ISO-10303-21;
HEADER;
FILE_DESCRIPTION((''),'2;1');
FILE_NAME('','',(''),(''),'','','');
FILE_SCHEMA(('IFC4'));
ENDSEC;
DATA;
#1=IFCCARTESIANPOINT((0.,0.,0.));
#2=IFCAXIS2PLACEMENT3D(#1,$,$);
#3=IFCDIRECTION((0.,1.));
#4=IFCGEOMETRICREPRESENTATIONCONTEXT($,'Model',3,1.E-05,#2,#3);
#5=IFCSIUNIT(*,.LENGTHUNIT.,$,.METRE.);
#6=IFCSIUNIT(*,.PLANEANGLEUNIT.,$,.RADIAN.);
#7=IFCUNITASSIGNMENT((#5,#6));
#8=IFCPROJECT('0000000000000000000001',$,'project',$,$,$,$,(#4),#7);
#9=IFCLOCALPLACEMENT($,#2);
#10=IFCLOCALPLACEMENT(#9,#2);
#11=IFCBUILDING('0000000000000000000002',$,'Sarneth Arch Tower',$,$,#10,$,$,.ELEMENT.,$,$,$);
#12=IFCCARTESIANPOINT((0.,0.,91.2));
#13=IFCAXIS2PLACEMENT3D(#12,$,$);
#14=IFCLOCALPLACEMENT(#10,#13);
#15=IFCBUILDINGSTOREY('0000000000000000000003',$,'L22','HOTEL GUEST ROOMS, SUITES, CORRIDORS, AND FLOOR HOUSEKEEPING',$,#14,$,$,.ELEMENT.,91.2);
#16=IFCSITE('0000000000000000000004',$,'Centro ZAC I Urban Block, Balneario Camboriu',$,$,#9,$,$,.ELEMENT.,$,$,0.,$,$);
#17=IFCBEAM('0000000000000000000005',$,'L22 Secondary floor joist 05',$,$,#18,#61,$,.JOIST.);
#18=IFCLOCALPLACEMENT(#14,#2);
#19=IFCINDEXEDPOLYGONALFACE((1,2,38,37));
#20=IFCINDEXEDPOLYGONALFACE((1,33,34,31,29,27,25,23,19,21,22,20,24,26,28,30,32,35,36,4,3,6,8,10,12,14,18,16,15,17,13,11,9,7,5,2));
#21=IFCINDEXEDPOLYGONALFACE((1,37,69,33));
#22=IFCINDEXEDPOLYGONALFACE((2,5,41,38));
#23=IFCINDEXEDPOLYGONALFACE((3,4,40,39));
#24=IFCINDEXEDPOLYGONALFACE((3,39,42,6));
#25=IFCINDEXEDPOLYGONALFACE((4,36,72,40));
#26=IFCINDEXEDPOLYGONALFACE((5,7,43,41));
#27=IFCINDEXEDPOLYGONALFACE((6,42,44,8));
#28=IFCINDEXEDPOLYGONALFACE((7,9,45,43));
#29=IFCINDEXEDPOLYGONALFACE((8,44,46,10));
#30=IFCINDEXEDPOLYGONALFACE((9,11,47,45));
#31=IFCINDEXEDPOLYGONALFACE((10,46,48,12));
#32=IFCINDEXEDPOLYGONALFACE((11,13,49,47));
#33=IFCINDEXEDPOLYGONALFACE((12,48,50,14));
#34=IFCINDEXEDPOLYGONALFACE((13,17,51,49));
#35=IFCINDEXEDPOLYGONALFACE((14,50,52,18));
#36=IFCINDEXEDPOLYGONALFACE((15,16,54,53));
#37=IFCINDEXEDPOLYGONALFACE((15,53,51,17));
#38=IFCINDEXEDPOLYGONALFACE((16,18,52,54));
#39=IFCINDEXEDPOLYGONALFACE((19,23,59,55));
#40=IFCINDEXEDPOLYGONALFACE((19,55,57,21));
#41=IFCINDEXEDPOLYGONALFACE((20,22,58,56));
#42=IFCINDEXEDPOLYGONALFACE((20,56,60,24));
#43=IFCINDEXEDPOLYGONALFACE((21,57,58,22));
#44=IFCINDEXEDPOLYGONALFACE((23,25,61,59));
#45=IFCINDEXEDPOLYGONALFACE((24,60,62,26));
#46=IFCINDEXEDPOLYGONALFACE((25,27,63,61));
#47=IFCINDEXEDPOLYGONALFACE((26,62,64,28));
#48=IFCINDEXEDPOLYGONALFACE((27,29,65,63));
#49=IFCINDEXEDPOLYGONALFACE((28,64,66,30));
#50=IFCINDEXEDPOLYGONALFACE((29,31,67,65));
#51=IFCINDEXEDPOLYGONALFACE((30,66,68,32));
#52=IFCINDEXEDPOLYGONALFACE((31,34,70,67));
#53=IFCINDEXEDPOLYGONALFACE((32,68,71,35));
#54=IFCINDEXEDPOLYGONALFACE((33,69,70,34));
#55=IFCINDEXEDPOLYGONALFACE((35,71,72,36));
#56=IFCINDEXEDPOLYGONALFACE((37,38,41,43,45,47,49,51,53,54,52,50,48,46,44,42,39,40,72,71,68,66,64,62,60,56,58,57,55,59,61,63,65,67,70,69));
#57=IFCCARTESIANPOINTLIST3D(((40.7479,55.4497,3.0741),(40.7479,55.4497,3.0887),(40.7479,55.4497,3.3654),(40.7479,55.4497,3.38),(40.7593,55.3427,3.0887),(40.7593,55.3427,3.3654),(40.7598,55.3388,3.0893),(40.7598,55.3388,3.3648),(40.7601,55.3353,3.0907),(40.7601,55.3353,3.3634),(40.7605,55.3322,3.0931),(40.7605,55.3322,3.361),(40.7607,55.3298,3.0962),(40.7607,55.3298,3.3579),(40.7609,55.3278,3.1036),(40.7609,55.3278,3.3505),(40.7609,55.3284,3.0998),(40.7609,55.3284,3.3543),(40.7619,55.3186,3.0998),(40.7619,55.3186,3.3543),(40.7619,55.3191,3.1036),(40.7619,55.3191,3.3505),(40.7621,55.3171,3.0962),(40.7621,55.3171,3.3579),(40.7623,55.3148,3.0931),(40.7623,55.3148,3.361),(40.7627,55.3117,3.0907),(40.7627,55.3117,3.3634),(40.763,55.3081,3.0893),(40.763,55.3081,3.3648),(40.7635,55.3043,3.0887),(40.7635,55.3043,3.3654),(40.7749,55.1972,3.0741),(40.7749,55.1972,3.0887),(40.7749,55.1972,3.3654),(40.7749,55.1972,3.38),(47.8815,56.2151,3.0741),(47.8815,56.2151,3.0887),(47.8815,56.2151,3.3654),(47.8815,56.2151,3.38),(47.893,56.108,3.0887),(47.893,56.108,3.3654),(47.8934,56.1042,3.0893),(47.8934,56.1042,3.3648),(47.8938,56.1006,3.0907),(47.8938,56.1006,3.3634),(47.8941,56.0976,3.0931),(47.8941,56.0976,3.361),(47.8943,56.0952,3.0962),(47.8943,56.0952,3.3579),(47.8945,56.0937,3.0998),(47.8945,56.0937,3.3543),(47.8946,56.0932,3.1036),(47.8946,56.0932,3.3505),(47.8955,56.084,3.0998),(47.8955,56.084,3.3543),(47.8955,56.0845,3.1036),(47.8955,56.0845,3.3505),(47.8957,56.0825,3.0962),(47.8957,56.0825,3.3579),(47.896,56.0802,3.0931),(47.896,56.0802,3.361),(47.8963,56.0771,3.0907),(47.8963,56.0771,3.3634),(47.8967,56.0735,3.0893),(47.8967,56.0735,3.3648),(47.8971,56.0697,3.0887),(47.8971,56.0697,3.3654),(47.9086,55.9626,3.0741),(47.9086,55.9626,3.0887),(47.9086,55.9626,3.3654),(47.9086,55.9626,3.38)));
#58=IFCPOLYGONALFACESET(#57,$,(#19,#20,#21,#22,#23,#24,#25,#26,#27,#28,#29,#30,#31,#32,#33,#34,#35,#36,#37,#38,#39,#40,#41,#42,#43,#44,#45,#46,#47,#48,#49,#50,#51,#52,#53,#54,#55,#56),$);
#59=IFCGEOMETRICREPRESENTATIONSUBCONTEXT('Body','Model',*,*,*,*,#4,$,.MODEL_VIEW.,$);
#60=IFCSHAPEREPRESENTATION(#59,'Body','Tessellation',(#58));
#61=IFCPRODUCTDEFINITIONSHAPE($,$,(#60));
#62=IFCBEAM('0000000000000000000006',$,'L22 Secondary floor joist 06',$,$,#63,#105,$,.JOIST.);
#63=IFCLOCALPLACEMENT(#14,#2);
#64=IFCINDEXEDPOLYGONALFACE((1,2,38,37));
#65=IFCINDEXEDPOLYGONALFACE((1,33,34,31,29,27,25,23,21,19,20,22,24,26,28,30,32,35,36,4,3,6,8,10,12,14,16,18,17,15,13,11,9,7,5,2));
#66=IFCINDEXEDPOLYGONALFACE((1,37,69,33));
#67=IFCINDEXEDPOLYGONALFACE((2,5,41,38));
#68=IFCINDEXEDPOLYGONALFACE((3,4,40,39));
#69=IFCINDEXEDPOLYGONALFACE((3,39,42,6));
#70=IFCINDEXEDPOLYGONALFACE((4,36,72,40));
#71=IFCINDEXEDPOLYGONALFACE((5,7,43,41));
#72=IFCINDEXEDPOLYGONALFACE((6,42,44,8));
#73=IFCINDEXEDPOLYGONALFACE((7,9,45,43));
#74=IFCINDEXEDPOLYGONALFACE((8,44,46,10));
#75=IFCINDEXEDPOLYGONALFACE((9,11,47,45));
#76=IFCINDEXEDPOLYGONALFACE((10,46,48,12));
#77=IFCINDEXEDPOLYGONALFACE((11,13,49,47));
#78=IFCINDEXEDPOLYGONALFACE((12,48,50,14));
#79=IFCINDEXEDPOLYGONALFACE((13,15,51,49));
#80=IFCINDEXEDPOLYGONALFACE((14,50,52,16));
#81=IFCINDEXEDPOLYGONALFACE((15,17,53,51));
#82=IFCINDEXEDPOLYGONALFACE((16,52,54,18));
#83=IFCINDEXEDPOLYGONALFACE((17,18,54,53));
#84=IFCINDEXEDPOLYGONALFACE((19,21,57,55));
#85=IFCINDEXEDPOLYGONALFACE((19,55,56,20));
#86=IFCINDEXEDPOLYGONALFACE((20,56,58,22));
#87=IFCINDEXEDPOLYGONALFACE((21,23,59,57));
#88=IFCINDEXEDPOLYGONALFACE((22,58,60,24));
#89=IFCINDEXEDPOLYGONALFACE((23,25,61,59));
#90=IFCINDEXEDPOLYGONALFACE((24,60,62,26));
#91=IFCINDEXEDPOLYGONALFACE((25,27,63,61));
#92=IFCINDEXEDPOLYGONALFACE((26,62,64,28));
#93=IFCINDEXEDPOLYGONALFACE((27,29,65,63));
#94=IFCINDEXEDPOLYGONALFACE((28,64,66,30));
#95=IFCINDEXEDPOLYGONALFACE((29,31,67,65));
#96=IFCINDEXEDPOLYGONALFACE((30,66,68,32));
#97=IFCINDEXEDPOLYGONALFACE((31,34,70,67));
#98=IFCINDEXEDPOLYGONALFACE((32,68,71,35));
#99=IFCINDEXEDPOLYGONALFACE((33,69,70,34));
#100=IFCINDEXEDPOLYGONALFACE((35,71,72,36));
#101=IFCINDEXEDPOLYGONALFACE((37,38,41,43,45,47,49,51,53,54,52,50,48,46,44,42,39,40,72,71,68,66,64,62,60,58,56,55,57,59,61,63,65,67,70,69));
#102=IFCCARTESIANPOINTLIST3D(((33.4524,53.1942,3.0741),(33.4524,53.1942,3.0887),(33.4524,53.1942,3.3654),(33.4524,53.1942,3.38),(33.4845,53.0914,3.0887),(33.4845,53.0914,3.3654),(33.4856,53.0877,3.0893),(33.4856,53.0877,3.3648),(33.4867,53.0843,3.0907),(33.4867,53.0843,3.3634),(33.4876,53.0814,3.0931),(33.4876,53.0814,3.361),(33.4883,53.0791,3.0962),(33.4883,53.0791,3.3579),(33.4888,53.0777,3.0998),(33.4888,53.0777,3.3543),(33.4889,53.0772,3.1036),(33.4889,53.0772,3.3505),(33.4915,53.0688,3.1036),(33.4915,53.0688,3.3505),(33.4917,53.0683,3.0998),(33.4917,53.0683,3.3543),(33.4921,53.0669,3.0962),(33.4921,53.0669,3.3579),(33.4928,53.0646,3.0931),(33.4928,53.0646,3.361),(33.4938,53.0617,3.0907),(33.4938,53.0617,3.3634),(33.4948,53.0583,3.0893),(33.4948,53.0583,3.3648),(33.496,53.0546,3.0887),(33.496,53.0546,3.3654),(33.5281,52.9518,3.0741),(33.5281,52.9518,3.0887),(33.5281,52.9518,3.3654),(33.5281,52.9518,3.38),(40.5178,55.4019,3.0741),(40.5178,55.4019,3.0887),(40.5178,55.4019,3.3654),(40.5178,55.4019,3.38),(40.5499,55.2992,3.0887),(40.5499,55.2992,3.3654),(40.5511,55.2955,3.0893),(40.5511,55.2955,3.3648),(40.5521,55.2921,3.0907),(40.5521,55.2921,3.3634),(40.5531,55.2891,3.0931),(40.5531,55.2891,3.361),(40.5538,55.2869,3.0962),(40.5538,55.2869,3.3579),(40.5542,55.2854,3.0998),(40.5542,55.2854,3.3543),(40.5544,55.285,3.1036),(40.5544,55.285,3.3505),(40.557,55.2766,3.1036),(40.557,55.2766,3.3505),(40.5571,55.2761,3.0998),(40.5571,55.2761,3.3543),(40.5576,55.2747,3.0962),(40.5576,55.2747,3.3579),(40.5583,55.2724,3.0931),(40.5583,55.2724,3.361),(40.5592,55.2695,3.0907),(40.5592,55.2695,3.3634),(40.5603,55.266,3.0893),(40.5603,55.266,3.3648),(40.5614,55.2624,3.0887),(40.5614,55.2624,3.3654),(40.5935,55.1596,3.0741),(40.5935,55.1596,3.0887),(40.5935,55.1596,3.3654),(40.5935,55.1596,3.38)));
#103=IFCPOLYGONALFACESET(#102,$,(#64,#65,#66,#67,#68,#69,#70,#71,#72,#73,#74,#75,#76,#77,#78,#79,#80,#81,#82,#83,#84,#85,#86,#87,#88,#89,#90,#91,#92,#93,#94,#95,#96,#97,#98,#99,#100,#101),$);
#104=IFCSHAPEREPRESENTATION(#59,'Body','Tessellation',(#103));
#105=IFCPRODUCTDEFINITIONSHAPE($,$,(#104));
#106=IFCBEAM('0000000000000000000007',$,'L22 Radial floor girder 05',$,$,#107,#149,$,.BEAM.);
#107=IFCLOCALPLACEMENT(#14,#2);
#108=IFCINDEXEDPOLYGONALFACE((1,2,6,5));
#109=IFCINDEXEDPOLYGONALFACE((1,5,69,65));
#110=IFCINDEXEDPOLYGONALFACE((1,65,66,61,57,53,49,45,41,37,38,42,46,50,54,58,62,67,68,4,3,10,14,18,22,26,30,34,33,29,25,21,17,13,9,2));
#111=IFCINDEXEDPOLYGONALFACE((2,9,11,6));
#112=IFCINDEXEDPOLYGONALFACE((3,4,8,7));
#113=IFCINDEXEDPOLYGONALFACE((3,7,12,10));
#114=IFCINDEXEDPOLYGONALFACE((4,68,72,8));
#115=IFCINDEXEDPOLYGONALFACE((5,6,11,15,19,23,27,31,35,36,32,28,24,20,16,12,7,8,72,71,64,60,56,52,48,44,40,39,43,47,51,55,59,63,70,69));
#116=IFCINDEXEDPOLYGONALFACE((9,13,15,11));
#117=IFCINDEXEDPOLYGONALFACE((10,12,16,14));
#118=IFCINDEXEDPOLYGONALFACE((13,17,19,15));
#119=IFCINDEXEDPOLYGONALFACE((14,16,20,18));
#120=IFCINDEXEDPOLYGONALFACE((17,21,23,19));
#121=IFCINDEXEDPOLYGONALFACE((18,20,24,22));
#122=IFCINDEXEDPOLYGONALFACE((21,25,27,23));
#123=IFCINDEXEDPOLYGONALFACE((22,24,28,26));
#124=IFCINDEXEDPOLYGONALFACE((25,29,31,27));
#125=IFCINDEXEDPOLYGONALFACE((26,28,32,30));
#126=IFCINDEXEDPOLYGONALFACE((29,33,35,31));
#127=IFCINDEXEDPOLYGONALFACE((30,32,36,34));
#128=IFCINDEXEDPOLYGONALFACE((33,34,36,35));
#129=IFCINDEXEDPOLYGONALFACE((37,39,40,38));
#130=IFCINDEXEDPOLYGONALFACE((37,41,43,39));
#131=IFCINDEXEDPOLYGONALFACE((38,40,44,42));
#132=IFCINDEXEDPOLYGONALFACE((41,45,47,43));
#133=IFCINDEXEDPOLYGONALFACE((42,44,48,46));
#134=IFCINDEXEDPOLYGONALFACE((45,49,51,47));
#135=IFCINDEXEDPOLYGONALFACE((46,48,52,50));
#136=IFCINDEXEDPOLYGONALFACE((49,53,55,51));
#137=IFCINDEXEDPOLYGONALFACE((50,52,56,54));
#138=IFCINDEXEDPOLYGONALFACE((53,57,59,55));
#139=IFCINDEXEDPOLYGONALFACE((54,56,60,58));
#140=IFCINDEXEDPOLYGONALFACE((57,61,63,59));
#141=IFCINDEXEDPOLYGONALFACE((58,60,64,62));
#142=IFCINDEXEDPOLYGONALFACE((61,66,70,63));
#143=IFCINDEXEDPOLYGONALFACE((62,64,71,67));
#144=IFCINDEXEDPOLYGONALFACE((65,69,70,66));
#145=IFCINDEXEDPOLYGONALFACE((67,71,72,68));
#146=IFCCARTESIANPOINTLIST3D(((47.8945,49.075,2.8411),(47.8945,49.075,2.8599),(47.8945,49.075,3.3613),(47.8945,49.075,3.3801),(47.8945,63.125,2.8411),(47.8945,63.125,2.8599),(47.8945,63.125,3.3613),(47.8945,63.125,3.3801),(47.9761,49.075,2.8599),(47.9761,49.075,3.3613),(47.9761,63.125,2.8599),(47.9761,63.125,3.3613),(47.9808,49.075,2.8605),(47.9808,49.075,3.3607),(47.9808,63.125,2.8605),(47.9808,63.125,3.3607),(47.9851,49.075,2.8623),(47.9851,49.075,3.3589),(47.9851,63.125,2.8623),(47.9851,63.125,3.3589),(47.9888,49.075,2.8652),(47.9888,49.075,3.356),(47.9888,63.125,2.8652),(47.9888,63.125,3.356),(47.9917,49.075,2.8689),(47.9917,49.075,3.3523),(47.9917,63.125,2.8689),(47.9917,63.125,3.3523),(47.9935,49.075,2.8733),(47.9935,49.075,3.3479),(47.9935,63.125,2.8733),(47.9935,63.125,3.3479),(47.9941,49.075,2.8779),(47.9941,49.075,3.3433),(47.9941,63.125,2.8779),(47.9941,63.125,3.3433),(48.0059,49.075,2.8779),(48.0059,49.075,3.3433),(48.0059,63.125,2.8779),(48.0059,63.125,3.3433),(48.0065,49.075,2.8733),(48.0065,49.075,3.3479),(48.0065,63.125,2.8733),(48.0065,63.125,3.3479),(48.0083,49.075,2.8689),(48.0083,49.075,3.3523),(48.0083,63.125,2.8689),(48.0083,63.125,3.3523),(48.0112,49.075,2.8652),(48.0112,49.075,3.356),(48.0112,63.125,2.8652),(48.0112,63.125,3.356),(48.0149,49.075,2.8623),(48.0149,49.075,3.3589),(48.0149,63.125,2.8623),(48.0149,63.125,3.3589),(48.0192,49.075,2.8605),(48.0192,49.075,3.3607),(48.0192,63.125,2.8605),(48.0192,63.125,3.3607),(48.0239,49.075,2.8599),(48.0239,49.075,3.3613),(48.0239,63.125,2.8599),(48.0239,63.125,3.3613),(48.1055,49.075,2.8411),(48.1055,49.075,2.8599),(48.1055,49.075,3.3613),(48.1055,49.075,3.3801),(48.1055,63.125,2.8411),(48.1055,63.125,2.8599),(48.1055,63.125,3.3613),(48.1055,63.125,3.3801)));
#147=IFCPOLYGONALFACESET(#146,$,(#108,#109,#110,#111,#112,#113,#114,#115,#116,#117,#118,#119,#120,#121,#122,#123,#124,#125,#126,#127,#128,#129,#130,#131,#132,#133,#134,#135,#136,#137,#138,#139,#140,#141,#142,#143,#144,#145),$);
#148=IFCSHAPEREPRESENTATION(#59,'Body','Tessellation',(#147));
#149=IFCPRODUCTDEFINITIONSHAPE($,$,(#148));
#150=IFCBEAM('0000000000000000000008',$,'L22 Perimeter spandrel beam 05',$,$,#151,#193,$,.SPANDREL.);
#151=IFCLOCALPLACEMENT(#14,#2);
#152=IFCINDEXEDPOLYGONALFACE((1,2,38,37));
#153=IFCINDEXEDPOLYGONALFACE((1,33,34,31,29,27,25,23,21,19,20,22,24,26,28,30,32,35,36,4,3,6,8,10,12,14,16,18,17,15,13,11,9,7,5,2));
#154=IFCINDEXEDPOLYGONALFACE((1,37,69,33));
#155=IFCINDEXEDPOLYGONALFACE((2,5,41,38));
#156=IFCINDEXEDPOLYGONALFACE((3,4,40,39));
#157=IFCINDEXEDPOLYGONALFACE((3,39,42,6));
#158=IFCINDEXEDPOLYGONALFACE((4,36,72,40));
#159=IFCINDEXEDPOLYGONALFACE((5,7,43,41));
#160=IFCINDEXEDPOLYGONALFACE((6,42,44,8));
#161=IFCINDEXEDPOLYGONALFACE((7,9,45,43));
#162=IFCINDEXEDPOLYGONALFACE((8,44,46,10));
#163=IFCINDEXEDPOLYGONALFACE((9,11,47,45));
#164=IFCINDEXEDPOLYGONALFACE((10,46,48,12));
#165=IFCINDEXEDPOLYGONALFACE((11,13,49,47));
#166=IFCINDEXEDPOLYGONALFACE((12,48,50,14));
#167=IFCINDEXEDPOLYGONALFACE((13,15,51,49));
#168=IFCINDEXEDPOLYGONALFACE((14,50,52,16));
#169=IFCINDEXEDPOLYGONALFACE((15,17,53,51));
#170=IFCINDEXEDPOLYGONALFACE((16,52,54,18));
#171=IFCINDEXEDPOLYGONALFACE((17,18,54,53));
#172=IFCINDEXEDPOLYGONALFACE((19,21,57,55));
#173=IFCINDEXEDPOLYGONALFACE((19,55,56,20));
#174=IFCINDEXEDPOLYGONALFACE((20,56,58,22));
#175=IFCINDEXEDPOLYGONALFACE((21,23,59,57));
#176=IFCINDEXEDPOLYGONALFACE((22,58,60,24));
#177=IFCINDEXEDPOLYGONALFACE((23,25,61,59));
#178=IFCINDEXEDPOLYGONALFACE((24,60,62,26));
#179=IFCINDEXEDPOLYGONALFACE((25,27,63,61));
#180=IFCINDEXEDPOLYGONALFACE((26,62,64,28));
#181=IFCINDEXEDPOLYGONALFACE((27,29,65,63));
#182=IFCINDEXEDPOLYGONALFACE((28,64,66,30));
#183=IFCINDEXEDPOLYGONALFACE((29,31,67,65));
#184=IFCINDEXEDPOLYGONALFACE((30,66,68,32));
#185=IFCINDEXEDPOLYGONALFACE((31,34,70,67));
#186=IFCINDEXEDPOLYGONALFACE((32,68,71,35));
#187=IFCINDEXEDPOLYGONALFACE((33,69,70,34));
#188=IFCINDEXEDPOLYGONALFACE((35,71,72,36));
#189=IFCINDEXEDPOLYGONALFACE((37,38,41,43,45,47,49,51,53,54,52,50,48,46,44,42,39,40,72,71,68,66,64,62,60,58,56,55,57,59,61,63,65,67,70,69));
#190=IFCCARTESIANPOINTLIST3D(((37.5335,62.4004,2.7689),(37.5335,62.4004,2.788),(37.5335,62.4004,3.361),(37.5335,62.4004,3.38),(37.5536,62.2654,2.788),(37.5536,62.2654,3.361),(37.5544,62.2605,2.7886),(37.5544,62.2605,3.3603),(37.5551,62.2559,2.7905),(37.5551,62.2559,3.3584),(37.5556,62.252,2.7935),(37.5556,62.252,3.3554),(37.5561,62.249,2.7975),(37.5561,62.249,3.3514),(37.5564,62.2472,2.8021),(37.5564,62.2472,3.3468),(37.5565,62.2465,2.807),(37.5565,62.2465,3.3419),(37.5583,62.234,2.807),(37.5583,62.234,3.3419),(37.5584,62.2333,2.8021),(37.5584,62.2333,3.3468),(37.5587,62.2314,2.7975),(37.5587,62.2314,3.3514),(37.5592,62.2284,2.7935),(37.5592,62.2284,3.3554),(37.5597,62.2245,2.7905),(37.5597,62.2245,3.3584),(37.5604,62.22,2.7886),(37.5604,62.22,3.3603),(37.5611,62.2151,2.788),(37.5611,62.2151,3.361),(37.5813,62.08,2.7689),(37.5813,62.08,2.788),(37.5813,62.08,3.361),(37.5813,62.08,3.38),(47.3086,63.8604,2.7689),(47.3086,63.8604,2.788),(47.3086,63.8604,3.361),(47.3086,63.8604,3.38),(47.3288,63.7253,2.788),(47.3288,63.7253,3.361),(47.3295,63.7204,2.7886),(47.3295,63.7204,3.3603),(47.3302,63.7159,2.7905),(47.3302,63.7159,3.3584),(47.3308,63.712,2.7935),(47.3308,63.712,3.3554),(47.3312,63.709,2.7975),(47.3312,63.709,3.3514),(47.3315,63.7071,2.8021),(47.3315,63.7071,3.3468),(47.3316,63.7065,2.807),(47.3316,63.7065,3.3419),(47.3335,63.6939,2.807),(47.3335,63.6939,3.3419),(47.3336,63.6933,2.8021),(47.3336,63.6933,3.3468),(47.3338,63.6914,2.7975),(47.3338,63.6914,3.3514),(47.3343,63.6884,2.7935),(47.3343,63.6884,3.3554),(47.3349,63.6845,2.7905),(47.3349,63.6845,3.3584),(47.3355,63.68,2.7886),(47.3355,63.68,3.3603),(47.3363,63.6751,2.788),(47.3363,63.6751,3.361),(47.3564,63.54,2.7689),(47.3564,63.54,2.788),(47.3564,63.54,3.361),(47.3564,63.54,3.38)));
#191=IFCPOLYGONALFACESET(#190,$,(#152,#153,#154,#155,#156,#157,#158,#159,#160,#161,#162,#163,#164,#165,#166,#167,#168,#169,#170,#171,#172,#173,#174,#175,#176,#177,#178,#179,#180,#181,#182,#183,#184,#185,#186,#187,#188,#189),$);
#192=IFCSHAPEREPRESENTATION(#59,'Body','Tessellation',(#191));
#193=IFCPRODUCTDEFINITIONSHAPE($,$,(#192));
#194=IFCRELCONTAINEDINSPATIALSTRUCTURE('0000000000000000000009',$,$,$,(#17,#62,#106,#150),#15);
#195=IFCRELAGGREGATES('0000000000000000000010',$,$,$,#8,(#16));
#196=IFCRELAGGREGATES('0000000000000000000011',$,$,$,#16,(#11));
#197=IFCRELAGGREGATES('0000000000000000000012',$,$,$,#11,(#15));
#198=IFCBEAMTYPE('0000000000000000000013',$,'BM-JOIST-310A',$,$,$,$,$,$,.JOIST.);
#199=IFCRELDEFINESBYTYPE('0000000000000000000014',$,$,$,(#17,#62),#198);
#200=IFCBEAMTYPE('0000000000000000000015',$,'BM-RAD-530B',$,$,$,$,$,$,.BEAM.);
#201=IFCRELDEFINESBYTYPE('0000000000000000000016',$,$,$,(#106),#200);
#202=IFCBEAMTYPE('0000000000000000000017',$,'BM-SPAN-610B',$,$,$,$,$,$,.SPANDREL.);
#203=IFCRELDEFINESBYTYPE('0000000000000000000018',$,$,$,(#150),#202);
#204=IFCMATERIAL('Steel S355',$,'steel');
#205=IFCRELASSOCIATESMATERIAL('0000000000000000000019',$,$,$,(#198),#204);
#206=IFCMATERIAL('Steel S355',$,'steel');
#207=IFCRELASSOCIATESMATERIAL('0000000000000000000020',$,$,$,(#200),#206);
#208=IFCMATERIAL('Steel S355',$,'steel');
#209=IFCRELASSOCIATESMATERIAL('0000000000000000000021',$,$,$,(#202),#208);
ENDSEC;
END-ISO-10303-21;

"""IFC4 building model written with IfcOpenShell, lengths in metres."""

from ifc_helpers import new_model, si_unit, direction, frame, origin, origin_2d, place, context, subcontext, project, spatial, i_section, extrude, material, material_profile, profile_set, type_object, element, save


model = new_model("IFC4")

# Units and contexts
model_context = context("Model", 3, precision=1e-05, world=origin(), true_north=direction((0.0, 1.0)))
body_context = subcontext(model_context, "Body", "Model", "MODEL_VIEW")
ifc_project = project(units=[si_unit("LENGTHUNIT", "METRE"), si_unit("PLANEANGLEUNIT", "RADIAN")], contexts=[model_context])

# Site, building, storey
site_placement = place(None, origin())
site = spatial("IfcSite", under=ifc_project, at=site_placement, Name="Centro ZAC I Urban Block, Balneario Camboriu", CompositionType="ELEMENT", RefElevation=0.0)
building_placement = place(site_placement, origin())
building = spatial("IfcBuilding", under=site, at=building_placement, Name="Sarneth Arch Tower", CompositionType="ELEMENT")
storey_placement = place(building_placement, frame((0.0, 0.0, 91.2)))
storey = spatial("IfcBuildingStorey", under=building, at=storey_placement, Name="L22", Description="HOTEL GUEST ROOMS, SUITES, CORRIDORS, AND FLOOR HOUSEKEEPING", CompositionType="ELEMENT", Elevation=91.2)

# Beams
ifc_material_1 = material(Name="Steel S355", Category="steel")
ifc_material_profile_1 = material_profile(ifc_material_1, i_section(OverallWidth=0.2539, OverallDepth=0.3059, WebThickness=0.0088, FlangeThickness=0.0146, FilletRadius=0.0149, at=origin_2d()), Name="W310x79")
ifc_profile_set_1 = profile_set([ifc_material_profile_1], Name="Steel S355")
beam_type_1 = type_object("IfcBeamType", Name="BM-JOIST-310A", PredefinedType="JOIST", material=ifc_profile_set_1)
beam_1_placement = place(storey_placement, frame((47.895, 56.0889, 3.2271), z_axis=(-0.994293, -0.106681, 0.0), x_axis=(0.106681, -0.994293, 0.0)))
element("IfcBeam", 1, at=beam_1_placement, inside=storey, type_object=beam_type_1, Name="L22 Secondary floor joist 05", PredefinedType="JOIST", context=body_context, shape_type="SweptSolid", body=[
    extrude(i_section(OverallWidth=0.2539, OverallDepth=0.3059, WebThickness=0.0088, FlangeThickness=0.0146, FilletRadius=0.0149, at=origin_2d()), origin(), (0.0, 0.0, 1.0), 7.1746),
])
beam_2_placement = place(storey_placement, frame((40.5557, 55.2808, 3.2271), z_axis=(-0.954487, -0.298252, 0.0), x_axis=(0.298252, -0.954487, 0.0)))
element("IfcBeam", 2, at=beam_2_placement, inside=storey, type_object=beam_type_1, Name="L22 Secondary floor joist 06", PredefinedType="JOIST", context=body_context, shape_type="SweptSolid", body=[
    extrude(i_section(OverallWidth=0.2539, OverallDepth=0.3059, WebThickness=0.0088, FlangeThickness=0.0146, FilletRadius=0.0149, at=origin_2d()), origin(), (0.0, 0.0, 1.0), 7.4023),
])
ifc_material_2 = material(Name="Steel S355", Category="steel")
ifc_material_profile_2 = material_profile(ifc_material_2, i_section(OverallWidth=0.2109, OverallDepth=0.5391, WebThickness=0.0117, FlangeThickness=0.0188, FilletRadius=0.0181, at=origin_2d()), Name="W530x109")
ifc_profile_set_2 = profile_set([ifc_material_profile_2], Name="Steel S355")
beam_type_2 = type_object("IfcBeamType", Name="BM-RAD-530B", PredefinedType="BEAM", material=ifc_profile_set_2)
beam_3_placement = place(storey_placement, frame((48.0, 49.075, 3.1106), z_axis=(0.0, 1.0, 0.0), x_axis=(-1.0, 0.0, 0.0)))
element("IfcBeam", 3, at=beam_3_placement, inside=storey, type_object=beam_type_2, Name="L22 Radial floor girder 05", PredefinedType="BEAM", context=body_context, shape_type="SweptSolid", body=[
    extrude(i_section(OverallWidth=0.2109, OverallDepth=0.5391, WebThickness=0.0117, FlangeThickness=0.0188, FilletRadius=0.0181, at=origin_2d()), origin(), (0.0, 0.0, 1.0), 14.05),
])
ifc_material_3 = material(Name="Steel S355", Category="steel")
ifc_material_profile_3 = material_profile(ifc_material_3, i_section(OverallWidth=0.324, OverallDepth=0.6111, WebThickness=0.0127, FlangeThickness=0.019, FilletRadius=0.019, at=origin_2d()), Name="W610x155")
ifc_profile_set_3 = profile_set([ifc_material_profile_3], Name="Steel S355")
beam_type_3 = type_object("IfcBeamType", Name="BM-SPAN-610B", PredefinedType="SPANDREL", material=ifc_profile_set_3)
beam_4_placement = place(storey_placement, frame((47.3325, 63.7002, 3.0745), z_axis=(-0.98903, -0.147716, 0.0), x_axis=(0.147716, -0.98903, 0.0)))
element("IfcBeam", 4, at=beam_4_placement, inside=storey, type_object=beam_type_3, Name="L22 Perimeter spandrel beam 05", PredefinedType="SPANDREL", context=body_context, shape_type="SweptSolid", body=[
    extrude(i_section(OverallWidth=0.324, OverallDepth=0.6111, WebThickness=0.0127, FlangeThickness=0.019, FilletRadius=0.019, at=origin_2d()), origin(), (0.0, 0.0, 1.0), 9.8835),
])

save(model, "model.ifc")
